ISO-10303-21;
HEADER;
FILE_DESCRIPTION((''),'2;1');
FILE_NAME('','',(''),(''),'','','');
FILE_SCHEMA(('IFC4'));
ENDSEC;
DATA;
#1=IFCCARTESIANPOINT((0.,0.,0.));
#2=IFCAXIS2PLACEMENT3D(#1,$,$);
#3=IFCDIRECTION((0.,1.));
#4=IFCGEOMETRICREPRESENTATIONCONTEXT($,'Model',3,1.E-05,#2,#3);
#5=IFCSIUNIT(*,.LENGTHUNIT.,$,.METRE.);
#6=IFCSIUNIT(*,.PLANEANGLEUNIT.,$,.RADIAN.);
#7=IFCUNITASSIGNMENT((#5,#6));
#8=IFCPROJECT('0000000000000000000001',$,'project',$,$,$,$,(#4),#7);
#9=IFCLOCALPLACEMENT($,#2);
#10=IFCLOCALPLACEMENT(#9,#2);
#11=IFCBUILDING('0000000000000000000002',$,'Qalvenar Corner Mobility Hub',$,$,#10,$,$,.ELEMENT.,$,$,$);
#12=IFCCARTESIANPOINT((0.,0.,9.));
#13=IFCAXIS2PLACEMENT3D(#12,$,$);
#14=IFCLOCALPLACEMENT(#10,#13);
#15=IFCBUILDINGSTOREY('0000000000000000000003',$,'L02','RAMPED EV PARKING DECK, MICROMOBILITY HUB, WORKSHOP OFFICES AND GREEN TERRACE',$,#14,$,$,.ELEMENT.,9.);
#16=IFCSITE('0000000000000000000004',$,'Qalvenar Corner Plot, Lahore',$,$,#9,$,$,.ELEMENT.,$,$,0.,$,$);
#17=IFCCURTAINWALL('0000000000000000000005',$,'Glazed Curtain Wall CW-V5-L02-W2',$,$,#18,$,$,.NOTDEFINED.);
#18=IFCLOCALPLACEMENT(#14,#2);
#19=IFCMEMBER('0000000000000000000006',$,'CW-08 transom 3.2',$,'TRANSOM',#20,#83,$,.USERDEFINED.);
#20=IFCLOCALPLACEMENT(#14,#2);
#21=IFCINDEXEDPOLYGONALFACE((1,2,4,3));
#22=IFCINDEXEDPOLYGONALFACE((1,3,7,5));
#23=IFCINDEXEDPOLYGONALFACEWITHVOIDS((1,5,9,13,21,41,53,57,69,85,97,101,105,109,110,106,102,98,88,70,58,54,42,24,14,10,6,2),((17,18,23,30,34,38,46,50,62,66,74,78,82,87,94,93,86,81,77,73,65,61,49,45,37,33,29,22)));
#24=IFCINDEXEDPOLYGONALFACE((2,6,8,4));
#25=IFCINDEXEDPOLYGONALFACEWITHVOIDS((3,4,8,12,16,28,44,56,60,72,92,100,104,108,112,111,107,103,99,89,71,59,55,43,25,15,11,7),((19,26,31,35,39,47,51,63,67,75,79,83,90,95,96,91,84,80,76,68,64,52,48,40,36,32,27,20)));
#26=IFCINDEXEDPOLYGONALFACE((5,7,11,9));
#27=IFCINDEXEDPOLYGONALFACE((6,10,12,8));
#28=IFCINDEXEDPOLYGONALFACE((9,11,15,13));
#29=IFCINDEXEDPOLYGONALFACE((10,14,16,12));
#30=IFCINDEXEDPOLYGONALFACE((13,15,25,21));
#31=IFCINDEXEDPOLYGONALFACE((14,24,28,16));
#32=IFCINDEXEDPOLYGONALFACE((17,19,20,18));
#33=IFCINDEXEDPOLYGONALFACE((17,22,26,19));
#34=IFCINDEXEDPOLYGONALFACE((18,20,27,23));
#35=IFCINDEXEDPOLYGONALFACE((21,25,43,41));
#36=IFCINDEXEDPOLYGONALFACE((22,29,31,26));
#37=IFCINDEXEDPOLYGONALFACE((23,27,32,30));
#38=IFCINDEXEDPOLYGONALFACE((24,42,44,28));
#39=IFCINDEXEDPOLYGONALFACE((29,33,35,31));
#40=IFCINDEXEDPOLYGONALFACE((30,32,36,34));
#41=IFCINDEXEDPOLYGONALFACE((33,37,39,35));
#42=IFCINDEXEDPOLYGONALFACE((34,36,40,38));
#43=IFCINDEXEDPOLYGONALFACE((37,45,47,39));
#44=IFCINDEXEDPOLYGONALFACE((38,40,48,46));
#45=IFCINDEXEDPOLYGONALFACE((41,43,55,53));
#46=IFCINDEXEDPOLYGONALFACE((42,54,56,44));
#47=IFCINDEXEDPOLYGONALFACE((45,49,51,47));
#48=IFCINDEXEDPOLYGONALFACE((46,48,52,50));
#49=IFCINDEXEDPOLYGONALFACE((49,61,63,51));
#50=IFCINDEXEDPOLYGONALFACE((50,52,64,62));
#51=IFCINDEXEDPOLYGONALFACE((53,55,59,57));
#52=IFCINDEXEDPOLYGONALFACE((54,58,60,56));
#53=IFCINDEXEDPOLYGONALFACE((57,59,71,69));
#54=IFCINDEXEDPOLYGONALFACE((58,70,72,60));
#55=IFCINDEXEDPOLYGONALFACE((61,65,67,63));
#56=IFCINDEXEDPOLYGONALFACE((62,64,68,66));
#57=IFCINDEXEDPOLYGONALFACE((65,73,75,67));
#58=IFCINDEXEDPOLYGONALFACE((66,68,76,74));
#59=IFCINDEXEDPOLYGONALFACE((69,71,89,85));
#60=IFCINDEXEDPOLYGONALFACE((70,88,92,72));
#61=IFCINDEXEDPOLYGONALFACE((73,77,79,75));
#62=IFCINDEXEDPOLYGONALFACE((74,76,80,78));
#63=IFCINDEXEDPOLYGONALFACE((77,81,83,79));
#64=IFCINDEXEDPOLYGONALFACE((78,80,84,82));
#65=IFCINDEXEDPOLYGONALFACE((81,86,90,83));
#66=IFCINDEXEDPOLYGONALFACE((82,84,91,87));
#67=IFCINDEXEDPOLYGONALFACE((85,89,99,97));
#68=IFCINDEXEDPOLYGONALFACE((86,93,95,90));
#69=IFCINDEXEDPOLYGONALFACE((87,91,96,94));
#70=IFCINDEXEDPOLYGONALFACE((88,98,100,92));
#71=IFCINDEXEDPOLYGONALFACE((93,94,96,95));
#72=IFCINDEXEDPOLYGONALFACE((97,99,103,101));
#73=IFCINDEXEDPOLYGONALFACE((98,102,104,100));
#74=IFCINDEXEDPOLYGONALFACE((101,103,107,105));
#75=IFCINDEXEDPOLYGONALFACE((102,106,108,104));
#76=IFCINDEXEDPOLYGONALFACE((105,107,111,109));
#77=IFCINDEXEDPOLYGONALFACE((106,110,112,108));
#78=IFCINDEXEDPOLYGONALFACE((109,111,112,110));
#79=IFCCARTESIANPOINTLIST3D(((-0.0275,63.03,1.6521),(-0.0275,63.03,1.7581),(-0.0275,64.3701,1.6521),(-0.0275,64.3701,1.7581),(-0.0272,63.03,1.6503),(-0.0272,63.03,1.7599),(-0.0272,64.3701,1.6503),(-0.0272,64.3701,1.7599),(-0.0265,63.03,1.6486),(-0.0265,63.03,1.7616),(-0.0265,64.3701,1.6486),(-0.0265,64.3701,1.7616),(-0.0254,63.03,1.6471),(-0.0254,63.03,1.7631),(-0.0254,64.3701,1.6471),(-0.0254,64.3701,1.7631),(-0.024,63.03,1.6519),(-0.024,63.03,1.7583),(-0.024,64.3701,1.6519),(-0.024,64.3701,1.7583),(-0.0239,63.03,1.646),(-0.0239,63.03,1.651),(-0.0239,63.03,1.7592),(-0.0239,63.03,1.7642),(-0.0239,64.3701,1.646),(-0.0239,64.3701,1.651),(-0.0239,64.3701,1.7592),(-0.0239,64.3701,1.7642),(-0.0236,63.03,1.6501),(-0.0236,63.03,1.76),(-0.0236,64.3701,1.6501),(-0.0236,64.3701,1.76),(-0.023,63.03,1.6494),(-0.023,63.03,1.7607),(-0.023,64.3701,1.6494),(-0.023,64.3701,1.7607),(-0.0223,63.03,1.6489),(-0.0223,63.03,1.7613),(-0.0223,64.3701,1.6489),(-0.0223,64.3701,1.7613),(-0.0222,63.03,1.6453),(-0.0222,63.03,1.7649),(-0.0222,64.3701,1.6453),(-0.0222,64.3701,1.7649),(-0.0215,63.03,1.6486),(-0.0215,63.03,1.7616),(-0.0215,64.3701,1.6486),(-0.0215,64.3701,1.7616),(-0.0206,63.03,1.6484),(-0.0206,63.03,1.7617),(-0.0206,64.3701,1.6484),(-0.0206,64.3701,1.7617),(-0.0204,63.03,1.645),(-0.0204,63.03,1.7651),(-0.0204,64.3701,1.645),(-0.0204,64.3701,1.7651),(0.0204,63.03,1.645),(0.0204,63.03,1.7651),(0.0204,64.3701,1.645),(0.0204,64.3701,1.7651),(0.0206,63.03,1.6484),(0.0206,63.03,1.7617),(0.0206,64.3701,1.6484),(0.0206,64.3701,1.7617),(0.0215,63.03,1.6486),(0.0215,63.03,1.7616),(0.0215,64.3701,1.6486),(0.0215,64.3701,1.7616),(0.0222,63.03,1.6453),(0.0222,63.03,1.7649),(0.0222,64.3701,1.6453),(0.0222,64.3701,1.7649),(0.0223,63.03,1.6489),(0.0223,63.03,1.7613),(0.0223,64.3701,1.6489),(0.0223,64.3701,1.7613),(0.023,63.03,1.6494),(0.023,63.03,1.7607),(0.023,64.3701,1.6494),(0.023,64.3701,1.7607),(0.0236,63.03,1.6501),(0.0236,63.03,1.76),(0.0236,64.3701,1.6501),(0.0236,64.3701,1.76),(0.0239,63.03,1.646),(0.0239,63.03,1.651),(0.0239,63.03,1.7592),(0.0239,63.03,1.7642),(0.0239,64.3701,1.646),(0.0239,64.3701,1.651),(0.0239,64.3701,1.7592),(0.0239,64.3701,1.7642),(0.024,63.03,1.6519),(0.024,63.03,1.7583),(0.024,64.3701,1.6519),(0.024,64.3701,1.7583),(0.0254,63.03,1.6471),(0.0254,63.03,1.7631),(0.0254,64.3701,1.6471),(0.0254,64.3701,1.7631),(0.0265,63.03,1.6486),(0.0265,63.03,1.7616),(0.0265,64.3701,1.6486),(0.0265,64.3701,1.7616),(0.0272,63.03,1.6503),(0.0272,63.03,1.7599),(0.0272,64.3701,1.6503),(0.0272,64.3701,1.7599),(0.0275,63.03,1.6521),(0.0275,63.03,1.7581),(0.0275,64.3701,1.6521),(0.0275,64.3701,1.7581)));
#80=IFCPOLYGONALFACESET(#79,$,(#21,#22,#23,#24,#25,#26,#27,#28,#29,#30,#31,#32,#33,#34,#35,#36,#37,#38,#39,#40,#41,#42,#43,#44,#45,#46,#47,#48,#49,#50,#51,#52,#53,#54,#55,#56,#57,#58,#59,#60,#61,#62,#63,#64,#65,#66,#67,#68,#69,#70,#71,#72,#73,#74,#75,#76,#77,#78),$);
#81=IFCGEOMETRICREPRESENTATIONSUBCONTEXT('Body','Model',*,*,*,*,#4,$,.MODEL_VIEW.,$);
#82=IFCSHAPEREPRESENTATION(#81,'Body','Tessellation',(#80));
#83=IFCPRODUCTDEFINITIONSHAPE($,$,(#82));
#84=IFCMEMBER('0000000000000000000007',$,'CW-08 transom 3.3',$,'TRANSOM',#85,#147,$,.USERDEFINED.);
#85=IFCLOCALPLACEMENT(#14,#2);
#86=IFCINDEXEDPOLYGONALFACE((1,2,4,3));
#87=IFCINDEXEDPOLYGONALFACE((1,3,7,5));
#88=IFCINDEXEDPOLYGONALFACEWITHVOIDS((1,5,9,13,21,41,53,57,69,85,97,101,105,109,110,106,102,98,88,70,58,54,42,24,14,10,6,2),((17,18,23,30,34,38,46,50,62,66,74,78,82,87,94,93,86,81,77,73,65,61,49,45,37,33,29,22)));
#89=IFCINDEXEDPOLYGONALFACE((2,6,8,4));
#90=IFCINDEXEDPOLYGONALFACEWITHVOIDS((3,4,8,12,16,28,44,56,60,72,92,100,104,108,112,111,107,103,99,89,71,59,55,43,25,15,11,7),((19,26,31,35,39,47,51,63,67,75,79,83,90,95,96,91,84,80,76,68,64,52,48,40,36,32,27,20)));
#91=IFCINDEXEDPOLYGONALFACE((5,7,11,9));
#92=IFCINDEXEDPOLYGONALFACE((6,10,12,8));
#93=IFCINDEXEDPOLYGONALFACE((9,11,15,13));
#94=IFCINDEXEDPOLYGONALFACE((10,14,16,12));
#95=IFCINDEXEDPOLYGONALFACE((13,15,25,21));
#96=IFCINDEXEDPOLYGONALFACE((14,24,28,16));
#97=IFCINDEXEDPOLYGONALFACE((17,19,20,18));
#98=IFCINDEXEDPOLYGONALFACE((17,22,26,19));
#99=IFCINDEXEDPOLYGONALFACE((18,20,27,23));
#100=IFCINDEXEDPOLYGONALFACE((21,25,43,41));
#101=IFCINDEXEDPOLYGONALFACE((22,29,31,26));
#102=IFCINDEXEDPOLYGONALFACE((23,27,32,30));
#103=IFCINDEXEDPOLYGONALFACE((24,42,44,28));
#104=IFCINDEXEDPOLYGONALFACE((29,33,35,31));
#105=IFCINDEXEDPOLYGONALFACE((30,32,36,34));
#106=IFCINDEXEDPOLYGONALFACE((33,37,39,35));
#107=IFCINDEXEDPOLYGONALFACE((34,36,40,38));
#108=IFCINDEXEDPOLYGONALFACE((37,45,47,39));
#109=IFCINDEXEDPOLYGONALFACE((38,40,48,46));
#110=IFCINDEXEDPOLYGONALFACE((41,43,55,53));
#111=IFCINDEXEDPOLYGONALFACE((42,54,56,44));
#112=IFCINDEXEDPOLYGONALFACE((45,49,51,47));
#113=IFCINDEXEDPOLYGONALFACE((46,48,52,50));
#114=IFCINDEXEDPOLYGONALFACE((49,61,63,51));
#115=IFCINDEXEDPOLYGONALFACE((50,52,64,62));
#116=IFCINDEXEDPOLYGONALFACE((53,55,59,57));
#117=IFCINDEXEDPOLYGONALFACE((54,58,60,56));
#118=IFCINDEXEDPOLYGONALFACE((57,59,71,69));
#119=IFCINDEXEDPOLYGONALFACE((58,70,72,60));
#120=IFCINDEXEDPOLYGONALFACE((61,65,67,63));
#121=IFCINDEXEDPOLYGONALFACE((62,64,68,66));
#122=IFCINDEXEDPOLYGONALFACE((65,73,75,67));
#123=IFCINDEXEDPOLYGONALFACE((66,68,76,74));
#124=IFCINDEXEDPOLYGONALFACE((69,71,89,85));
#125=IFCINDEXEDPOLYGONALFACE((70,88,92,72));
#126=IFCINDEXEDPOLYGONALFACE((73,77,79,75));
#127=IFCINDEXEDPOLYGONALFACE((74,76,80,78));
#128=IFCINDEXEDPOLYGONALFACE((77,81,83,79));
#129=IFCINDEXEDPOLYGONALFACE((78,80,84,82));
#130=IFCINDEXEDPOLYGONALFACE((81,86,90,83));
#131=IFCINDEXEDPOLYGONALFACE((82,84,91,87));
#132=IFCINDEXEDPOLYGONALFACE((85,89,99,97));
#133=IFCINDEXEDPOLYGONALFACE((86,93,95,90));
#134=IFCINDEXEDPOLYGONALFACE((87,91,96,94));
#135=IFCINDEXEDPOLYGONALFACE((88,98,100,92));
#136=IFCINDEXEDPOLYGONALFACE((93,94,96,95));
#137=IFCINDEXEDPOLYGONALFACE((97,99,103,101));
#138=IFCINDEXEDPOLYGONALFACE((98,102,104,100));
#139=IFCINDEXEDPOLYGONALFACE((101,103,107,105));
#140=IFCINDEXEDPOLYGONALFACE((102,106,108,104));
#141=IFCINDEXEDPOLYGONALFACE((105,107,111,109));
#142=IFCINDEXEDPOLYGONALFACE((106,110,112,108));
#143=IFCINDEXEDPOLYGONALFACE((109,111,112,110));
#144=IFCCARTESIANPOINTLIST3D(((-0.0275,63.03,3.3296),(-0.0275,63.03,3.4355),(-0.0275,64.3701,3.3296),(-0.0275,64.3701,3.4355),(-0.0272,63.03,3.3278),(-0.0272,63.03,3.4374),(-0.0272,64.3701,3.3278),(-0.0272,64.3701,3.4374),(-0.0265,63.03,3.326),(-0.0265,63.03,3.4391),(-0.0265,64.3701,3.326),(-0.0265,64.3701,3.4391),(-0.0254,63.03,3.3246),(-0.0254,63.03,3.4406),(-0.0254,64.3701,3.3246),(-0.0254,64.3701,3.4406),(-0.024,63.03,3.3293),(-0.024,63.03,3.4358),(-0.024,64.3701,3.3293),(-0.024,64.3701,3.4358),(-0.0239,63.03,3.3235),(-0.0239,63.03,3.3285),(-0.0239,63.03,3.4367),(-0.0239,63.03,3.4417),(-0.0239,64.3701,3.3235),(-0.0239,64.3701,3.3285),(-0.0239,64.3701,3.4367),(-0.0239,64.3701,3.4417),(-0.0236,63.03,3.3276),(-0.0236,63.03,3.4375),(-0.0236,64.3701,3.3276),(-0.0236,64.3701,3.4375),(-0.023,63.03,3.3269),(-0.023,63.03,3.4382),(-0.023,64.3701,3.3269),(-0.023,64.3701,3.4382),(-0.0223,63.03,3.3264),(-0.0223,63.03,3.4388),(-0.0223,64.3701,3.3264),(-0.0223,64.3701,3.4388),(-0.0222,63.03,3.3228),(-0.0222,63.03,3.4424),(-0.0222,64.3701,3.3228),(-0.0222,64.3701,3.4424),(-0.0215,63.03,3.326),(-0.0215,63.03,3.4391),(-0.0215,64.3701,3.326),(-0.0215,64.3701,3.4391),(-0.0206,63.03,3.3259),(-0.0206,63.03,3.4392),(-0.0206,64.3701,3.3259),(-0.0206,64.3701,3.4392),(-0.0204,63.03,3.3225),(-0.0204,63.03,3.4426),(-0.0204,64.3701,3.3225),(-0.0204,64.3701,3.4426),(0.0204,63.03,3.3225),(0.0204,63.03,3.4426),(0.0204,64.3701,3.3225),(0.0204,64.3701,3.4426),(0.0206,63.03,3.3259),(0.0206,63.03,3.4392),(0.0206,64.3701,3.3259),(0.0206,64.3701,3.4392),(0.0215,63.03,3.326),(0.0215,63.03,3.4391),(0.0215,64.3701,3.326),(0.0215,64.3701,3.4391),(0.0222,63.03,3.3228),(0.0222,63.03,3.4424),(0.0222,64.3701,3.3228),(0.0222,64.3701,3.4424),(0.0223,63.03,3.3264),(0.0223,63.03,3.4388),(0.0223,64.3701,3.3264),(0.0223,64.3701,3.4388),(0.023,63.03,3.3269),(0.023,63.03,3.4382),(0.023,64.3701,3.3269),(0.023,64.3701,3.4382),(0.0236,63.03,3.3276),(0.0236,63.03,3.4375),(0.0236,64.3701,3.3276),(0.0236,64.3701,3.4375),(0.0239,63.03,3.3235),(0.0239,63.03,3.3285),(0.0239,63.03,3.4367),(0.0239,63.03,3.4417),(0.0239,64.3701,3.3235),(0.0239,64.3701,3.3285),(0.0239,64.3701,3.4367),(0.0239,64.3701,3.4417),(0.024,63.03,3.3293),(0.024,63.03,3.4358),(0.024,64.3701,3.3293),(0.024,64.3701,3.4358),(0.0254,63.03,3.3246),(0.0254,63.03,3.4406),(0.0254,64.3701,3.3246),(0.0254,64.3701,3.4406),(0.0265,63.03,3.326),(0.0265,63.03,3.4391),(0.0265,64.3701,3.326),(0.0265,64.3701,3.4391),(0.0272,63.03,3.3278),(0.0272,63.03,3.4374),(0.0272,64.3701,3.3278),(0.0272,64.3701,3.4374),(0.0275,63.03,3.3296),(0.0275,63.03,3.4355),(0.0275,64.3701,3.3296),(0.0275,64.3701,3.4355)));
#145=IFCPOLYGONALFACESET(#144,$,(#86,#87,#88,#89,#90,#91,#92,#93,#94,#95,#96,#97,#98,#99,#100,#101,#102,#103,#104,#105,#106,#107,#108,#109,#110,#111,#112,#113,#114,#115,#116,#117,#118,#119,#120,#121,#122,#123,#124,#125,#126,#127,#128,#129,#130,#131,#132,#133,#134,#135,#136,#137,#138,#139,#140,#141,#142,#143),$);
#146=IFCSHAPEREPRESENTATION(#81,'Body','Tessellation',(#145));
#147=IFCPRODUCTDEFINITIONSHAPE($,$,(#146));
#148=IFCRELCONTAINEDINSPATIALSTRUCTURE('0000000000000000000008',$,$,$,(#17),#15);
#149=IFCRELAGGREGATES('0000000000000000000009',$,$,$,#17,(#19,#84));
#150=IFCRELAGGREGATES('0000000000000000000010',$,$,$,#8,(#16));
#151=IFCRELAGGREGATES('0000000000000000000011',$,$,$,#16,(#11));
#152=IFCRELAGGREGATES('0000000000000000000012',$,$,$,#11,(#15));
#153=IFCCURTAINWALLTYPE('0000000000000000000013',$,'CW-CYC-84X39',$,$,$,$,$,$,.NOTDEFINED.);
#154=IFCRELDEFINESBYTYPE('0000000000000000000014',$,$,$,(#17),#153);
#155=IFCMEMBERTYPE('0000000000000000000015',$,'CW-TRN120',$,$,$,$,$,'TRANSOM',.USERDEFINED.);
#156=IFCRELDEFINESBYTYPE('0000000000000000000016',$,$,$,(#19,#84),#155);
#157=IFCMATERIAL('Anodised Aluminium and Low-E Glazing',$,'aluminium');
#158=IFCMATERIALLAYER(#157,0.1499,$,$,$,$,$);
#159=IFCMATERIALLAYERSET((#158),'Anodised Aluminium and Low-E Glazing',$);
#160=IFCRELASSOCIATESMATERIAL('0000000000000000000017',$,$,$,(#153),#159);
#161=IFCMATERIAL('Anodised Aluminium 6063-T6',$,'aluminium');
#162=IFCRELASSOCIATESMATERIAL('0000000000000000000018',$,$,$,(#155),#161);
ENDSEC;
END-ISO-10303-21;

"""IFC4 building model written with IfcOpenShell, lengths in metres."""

from ifc_helpers import new_model, si_unit, direction, frame, origin, origin_2d, place, context, subcontext, project, spatial, hollow_rectangle, extrude, material, layer, layer_set, material_profile, profile_set, type_object, element, aggregate, save


model = new_model("IFC4")

# Units and contexts
model_context = context("Model", 3, precision=1e-05, world=origin(), true_north=direction((0.0, 1.0)))
body_context = subcontext(model_context, "Body", "Model", "MODEL_VIEW")
ifc_project = project(units=[si_unit("LENGTHUNIT", "METRE"), si_unit("PLANEANGLEUNIT", "RADIAN")], contexts=[model_context])

# Site, building, storey
site_placement = place(None, origin())
site = spatial("IfcSite", under=ifc_project, at=site_placement, Name="Qalvenar Corner Plot, Lahore", CompositionType="ELEMENT", RefElevation=0.0)
building_placement = place(site_placement, origin())
building = spatial("IfcBuilding", under=site, at=building_placement, Name="Qalvenar Corner Mobility Hub", CompositionType="ELEMENT")
storey_placement = place(building_placement, frame((0.0, 0.0, 9.0)))
storey = spatial("IfcBuildingStorey", under=building, at=storey_placement, Name="L02", Description="RAMPED EV PARKING DECK, MICROMOBILITY HUB, WORKSHOP OFFICES AND GREEN TERRACE", CompositionType="ELEMENT", Elevation=9.0)

# Curtain wall, members
ifc_material_1 = material(Name="Anodised Aluminium and Low-E Glazing", Category="aluminium")
ifc_layer_1 = layer(ifc_material_1, 0.1499)
ifc_layer_set_1 = layer_set([ifc_layer_1], Name="Anodised Aluminium and Low-E Glazing")
curtain_wall_type = type_object("IfcCurtainWallType", Name="CW-CYC-84X39", PredefinedType="NOTDEFINED", material=ifc_layer_set_1)
curtain_wall_placement = place(storey_placement, origin())
curtain_wall = element("IfcCurtainWall", 1, at=curtain_wall_placement, inside=storey, type_object=curtain_wall_type, Name="Glazed Curtain Wall CW-V5-L02-W2", PredefinedType="NOTDEFINED")
ifc_material_2 = material(Name="Anodised Aluminium 6063-T6", Category="aluminium")
ifc_material_profile_1 = material_profile(ifc_material_2, hollow_rectangle(XDim=0.0549, YDim=0.1201, WallThickness=0.0034, InnerFilletRadius=0.0034, OuterFilletRadius=0.0071, at=origin_2d()), Name="RHS120x55x3.5")
ifc_profile_set_1 = profile_set([ifc_material_profile_1], Name="Anodised Aluminium 6063-T6")
member_type_1 = type_object("IfcMemberType", Name="CW-TRN120", ElementType="TRANSOM", PredefinedType="USERDEFINED", material=ifc_profile_set_1)
member_1_placement = place(storey_placement, frame((0.0, 64.3701, 1.7051), z_axis=(0.0, -1.0, 0.0), x_axis=(1.0, 0.0, 0.0)))
member_1 = element("IfcMember", 2, at=member_1_placement, type_object=member_type_1, Name="CW-08 transom 3.2", ObjectType="TRANSOM", PredefinedType="USERDEFINED", context=body_context, shape_type="SweptSolid", body=[
    extrude(hollow_rectangle(XDim=0.0549, YDim=0.1201, WallThickness=0.0034, InnerFilletRadius=0.0034, OuterFilletRadius=0.0071, at=origin_2d()), origin(), (0.0, 0.0, 1.0), 1.3401),
])
member_2_placement = place(storey_placement, frame((0.0, 64.3701, 3.3826), z_axis=(0.0, -1.0, 0.0), x_axis=(1.0, 0.0, 0.0)))
member_2 = element("IfcMember", 3, at=member_2_placement, type_object=member_type_1, Name="CW-08 transom 3.3", ObjectType="TRANSOM", PredefinedType="USERDEFINED", context=body_context, shape_type="SweptSolid", body=[
    extrude(hollow_rectangle(XDim=0.0549, YDim=0.1201, WallThickness=0.0034, InnerFilletRadius=0.0034, OuterFilletRadius=0.0071, at=origin_2d()), origin(), (0.0, 0.0, 1.0), 1.3401),
])

aggregate(curtain_wall, [member_1, member_2])

save(model, "model.ifc")
